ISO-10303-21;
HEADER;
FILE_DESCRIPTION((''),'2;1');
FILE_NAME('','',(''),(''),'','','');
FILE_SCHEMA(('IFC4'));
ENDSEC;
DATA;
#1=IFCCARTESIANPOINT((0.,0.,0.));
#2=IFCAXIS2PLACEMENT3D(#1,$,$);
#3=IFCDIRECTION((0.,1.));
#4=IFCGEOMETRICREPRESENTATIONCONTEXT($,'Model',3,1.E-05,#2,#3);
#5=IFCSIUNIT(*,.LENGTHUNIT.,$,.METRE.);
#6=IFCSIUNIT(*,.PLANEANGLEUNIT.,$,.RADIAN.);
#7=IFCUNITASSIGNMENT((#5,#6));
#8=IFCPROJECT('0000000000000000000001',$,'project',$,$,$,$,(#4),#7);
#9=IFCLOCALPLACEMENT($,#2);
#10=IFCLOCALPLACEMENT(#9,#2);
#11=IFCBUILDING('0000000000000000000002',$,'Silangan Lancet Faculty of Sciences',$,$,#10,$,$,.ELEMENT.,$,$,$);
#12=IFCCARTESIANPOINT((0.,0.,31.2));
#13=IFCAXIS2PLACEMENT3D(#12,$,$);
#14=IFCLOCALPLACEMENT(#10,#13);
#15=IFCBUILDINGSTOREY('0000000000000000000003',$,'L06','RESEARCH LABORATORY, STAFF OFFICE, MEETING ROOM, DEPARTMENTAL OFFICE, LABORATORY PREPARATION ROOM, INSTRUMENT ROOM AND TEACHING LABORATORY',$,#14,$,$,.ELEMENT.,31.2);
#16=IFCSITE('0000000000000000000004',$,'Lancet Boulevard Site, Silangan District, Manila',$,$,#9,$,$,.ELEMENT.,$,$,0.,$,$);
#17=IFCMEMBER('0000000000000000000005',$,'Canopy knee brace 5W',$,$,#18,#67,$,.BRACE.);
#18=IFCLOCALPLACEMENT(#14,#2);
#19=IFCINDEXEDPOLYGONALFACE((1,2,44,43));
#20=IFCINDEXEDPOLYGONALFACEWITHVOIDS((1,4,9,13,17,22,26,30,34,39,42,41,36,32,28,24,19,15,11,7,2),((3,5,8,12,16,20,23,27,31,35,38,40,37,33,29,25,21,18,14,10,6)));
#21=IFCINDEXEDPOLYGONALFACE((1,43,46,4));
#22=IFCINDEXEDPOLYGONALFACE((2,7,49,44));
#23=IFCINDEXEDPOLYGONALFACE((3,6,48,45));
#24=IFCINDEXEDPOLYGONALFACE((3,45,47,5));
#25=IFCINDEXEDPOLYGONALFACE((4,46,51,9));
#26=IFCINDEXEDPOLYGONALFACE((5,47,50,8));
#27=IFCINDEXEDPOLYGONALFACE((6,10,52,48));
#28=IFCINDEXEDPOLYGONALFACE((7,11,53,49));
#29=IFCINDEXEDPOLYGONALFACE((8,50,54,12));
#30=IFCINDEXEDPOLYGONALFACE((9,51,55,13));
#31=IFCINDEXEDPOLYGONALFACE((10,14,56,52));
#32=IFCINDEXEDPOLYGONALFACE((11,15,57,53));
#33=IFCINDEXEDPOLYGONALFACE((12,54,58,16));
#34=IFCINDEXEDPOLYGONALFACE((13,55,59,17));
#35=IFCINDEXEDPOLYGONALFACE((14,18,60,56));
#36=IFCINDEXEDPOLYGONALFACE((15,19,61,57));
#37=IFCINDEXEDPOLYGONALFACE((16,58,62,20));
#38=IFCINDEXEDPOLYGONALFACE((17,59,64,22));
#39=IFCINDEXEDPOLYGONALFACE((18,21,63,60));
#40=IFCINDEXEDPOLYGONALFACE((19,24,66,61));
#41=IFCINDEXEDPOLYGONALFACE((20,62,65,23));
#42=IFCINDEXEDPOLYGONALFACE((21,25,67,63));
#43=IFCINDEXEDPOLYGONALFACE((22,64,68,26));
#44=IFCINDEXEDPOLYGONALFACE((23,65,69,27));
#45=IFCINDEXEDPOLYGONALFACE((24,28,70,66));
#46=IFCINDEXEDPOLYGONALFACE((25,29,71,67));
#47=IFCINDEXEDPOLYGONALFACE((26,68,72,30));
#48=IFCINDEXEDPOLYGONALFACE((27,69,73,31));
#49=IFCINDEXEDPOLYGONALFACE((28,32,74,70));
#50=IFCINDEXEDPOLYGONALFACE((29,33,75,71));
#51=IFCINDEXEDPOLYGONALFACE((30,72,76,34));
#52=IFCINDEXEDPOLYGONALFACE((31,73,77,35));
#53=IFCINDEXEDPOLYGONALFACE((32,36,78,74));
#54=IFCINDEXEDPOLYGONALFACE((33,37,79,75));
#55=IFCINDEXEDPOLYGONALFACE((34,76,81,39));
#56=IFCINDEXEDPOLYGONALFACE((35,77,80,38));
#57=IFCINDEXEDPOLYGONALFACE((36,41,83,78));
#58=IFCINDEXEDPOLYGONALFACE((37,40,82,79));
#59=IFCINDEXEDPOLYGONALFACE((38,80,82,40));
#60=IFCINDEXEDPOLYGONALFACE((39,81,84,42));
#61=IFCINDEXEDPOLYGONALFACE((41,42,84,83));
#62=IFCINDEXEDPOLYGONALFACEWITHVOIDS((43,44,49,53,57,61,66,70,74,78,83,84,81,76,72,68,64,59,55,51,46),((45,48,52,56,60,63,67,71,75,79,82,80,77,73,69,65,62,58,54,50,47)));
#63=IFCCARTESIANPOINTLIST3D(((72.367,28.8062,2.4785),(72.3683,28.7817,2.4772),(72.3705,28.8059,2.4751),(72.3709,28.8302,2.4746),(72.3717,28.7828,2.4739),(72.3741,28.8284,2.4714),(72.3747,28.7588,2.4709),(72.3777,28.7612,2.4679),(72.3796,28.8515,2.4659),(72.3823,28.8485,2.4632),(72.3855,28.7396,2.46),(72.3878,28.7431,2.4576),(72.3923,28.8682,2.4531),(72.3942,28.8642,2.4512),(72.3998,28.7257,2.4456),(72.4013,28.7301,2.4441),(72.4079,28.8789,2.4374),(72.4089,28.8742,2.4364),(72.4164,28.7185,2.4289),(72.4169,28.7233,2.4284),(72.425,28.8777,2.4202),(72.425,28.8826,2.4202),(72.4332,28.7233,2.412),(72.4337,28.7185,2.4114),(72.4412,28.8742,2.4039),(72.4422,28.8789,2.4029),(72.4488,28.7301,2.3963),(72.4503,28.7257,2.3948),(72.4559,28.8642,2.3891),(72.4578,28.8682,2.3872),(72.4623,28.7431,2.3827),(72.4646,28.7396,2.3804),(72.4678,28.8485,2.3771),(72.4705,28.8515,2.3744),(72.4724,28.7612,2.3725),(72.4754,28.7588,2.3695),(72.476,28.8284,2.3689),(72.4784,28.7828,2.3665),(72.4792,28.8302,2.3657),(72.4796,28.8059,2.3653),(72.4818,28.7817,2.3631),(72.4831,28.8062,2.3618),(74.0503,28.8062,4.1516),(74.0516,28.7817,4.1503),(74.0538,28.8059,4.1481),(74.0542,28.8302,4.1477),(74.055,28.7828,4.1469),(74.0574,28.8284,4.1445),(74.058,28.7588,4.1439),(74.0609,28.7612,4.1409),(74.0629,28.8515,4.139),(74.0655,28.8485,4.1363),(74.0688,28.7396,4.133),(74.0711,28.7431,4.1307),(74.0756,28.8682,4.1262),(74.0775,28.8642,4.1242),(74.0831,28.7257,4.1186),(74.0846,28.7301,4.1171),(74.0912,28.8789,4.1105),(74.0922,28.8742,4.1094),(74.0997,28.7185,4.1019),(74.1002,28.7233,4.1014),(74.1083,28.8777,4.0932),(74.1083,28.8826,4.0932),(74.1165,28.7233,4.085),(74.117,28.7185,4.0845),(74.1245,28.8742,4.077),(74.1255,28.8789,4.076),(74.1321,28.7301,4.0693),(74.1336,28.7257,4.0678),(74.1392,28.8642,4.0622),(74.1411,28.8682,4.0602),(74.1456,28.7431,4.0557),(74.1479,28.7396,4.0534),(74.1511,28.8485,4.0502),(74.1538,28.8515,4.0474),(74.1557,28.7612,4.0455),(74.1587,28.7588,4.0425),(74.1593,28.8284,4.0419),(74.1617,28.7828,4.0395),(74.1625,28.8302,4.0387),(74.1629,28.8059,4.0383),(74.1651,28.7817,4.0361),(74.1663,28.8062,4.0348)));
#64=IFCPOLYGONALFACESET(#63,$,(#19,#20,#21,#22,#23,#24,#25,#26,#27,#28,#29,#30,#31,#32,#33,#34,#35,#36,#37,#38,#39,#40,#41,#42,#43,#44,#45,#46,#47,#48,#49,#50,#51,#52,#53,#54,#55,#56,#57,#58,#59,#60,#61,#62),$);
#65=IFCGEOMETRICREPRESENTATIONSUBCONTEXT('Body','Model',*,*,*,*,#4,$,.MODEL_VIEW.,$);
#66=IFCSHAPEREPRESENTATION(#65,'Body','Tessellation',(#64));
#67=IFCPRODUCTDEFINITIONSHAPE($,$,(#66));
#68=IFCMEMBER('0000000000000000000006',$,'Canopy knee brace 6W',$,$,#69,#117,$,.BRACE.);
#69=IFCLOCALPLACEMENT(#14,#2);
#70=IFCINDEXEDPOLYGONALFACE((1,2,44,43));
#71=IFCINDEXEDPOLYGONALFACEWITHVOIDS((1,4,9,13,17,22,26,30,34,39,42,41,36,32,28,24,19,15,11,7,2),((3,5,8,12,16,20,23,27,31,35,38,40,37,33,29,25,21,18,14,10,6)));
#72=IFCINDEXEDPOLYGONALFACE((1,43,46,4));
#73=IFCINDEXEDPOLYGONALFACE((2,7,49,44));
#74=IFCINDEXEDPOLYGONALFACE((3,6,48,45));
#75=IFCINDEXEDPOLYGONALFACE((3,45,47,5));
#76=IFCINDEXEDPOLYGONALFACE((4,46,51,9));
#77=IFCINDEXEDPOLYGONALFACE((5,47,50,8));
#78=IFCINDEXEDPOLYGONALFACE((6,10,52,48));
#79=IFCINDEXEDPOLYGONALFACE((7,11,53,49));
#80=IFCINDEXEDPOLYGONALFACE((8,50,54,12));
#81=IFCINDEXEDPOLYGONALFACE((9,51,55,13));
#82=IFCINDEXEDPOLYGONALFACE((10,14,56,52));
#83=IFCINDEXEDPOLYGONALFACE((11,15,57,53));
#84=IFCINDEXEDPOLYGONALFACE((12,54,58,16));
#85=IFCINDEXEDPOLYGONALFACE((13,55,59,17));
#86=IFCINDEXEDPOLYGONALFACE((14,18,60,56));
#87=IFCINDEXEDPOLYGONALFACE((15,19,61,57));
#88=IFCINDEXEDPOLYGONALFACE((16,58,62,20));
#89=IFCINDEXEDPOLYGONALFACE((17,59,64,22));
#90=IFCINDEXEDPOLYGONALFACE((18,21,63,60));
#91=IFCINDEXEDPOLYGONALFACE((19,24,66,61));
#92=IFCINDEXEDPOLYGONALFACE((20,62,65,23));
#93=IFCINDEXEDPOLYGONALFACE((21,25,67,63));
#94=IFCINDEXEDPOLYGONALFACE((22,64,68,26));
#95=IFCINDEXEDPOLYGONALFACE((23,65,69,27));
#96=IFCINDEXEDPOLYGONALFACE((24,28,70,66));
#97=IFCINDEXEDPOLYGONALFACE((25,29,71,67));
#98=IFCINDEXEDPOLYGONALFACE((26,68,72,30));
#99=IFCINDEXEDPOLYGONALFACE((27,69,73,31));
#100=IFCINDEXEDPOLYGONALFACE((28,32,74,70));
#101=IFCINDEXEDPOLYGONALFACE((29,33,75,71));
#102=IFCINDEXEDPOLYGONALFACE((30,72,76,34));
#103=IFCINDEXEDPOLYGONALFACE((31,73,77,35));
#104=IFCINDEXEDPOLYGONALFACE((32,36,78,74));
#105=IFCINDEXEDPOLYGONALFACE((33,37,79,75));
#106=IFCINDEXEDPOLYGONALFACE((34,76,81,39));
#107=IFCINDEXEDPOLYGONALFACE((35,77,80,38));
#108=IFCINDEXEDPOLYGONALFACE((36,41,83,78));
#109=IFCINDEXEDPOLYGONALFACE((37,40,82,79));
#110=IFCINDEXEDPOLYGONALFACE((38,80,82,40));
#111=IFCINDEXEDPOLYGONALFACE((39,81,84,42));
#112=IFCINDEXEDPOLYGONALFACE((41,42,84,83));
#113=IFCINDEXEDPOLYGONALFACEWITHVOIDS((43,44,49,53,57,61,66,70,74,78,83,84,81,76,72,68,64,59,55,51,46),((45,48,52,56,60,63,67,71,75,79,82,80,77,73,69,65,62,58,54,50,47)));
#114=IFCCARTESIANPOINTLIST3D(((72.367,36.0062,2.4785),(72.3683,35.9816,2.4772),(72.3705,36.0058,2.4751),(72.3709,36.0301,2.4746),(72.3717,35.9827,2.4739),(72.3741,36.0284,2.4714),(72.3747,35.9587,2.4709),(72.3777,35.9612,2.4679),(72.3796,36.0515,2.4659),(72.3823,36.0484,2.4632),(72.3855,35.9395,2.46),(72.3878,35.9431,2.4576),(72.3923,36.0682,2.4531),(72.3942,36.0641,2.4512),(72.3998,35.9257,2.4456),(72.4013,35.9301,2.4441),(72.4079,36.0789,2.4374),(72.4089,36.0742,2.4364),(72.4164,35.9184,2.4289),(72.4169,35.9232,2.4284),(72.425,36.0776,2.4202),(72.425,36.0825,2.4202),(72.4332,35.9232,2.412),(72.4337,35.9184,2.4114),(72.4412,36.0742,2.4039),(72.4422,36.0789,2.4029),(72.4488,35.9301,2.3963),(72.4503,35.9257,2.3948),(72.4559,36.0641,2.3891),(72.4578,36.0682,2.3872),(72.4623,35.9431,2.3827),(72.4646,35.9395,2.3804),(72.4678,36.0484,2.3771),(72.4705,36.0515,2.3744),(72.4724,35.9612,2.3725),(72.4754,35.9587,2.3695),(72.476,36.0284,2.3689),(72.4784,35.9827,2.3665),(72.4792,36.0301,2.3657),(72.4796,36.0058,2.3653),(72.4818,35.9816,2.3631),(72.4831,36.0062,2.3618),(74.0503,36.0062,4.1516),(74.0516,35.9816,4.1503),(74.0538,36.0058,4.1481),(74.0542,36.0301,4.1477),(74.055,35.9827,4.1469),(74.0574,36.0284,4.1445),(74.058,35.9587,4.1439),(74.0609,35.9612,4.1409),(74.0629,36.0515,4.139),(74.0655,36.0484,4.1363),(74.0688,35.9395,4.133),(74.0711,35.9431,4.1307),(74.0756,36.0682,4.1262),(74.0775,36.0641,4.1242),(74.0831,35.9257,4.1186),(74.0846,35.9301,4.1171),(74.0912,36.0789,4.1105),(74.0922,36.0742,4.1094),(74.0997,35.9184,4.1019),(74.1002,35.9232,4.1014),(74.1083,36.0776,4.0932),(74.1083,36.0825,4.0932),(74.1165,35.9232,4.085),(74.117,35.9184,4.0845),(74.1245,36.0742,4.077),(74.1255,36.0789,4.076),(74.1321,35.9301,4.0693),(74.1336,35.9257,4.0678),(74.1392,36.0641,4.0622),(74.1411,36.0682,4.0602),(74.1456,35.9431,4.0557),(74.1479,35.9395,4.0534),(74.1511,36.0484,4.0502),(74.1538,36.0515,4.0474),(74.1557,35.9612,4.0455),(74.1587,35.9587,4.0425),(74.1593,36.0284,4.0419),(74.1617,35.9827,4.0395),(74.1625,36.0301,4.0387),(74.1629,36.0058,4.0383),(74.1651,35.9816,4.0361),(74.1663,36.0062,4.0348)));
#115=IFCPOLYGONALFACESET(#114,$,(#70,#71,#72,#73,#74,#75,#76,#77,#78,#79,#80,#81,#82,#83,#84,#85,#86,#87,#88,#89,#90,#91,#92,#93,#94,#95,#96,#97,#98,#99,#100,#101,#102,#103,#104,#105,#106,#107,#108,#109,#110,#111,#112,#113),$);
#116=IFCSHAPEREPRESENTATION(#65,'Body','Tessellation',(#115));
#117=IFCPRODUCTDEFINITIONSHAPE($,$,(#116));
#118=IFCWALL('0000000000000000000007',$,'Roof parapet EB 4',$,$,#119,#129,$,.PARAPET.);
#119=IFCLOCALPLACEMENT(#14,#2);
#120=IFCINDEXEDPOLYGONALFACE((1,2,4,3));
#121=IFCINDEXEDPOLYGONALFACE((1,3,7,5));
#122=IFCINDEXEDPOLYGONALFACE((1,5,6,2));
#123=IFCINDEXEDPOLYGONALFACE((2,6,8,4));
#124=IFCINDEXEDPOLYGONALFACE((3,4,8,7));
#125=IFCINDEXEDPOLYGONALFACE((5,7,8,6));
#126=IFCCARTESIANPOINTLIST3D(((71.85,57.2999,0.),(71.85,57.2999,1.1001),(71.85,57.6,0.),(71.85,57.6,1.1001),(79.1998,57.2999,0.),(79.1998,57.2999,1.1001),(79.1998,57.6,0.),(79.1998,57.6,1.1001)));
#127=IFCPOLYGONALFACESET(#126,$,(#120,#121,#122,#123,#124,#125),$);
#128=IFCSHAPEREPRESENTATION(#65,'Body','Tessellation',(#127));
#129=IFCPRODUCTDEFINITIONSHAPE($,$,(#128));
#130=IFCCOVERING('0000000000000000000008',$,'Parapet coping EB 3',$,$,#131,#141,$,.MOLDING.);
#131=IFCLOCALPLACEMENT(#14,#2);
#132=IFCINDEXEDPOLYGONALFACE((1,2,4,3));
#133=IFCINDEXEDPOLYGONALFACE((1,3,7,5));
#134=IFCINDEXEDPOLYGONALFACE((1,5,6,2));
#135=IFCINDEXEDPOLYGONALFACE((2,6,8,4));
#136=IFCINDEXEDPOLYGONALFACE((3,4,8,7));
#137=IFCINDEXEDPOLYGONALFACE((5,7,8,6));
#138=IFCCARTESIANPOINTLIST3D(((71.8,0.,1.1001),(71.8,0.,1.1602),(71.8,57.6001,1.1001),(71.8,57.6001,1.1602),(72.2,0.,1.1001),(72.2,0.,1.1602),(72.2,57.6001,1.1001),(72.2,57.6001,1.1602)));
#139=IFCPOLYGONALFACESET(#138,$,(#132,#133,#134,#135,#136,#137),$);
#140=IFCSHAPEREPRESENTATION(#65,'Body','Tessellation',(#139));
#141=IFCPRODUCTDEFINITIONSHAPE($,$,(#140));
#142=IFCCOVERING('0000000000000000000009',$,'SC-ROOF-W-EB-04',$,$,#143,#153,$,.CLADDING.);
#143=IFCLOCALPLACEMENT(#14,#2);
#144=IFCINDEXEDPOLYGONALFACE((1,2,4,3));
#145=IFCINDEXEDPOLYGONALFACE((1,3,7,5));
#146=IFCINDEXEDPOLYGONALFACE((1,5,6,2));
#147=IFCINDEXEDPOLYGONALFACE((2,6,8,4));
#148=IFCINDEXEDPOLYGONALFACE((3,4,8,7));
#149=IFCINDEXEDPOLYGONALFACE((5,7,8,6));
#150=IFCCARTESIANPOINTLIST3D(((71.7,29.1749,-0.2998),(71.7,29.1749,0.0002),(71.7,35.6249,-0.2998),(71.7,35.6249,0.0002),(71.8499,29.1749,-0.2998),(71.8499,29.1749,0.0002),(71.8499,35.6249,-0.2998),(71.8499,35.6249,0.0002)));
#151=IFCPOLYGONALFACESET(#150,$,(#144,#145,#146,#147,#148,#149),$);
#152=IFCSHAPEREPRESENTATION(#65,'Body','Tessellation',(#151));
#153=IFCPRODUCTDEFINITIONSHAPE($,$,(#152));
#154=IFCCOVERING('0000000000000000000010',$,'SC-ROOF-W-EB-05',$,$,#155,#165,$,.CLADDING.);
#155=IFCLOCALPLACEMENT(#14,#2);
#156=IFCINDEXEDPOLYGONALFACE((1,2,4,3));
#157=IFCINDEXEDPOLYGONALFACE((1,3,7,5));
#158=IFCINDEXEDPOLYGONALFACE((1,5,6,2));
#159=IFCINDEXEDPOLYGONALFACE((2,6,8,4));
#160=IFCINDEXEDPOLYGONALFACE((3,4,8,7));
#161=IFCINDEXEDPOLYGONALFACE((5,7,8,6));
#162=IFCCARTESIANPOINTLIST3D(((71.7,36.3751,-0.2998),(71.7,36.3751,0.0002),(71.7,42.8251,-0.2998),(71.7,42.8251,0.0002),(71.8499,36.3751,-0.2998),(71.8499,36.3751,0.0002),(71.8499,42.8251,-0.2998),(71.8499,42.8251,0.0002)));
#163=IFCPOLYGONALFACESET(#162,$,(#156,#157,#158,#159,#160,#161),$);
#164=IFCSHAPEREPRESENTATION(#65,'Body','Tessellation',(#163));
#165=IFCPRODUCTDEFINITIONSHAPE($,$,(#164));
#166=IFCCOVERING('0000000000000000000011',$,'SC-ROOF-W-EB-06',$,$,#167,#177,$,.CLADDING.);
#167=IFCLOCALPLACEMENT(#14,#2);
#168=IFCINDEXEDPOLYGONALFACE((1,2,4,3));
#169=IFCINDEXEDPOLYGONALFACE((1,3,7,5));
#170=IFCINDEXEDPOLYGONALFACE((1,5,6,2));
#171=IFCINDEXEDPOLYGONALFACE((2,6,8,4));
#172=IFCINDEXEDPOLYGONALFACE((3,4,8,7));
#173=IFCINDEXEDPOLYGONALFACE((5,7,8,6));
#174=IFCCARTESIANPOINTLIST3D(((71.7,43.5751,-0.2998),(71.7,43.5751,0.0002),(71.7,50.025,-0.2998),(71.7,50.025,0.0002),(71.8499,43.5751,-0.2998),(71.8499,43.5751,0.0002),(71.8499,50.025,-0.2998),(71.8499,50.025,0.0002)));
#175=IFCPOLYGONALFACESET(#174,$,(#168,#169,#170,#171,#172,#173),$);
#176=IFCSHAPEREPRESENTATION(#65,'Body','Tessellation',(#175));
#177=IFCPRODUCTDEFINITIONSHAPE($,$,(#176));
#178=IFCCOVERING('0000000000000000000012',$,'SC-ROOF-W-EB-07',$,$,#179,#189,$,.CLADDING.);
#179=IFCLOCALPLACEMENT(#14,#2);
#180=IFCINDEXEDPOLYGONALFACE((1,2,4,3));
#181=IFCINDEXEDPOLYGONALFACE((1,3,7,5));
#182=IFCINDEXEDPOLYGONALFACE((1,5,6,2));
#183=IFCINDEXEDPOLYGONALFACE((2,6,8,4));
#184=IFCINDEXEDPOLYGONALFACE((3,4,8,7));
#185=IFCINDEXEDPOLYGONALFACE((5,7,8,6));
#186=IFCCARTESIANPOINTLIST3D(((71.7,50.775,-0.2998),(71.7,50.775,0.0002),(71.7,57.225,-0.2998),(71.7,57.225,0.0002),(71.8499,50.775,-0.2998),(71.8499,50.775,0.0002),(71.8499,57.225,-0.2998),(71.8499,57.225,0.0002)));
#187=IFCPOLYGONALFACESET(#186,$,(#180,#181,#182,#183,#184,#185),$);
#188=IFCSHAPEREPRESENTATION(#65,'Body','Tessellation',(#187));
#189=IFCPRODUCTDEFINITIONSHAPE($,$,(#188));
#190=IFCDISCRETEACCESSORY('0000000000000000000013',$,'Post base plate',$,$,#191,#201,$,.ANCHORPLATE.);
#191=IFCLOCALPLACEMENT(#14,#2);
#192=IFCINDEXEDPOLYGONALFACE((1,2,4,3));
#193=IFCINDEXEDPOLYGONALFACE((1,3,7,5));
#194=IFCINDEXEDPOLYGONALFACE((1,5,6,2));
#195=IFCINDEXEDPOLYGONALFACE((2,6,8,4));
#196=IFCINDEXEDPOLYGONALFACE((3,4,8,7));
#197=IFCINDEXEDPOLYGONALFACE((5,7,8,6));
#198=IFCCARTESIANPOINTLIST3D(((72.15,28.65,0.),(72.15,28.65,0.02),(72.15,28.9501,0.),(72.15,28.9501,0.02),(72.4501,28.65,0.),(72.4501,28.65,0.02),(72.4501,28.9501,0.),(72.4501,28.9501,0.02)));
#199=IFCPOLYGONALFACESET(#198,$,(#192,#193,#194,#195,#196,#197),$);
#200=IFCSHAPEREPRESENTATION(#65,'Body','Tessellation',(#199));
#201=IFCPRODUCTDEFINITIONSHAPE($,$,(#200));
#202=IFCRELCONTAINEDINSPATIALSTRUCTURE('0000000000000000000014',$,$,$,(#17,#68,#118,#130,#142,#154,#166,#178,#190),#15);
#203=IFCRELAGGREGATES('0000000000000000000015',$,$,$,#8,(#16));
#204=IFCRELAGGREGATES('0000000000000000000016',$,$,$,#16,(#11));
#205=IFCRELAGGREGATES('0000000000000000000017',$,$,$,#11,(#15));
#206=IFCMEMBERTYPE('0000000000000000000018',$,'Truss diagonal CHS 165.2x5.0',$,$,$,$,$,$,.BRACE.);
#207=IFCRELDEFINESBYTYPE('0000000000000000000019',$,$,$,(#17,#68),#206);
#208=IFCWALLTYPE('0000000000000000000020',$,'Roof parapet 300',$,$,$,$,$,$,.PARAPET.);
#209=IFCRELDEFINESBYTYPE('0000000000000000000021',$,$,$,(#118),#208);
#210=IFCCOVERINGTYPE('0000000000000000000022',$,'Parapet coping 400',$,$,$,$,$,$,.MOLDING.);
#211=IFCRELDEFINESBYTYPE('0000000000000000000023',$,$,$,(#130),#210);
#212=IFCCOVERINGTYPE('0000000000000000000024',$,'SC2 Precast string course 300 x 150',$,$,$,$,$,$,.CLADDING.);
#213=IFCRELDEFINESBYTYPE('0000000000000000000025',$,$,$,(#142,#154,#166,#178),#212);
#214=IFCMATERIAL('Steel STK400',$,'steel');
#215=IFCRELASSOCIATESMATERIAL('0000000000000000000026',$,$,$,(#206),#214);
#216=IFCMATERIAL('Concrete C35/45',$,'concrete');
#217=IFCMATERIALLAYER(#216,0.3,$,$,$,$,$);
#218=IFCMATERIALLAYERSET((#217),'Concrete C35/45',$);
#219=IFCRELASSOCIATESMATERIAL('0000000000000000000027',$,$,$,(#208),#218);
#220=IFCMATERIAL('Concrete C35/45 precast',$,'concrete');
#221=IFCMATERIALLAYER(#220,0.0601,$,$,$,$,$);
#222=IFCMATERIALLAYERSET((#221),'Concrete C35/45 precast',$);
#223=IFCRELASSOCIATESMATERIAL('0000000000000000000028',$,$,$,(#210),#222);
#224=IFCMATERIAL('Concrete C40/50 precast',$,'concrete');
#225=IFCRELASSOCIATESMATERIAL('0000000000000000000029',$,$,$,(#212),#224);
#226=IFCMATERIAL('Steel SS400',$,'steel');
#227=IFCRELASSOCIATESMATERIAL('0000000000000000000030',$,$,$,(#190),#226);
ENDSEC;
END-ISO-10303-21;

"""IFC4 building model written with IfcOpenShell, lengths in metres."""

from ifc_helpers import new_model, si_unit, direction, frame, frame_2d, origin, origin_2d, place, context, subcontext, project, spatial, rectangle, hollow_circle, extrude, material, layer, layer_set, material_profile, profile_set, type_object, element, save


model = new_model("IFC4")

# Units and contexts
model_context = context("Model", 3, precision=1e-05, world=origin(), true_north=direction((0.0, 1.0)))
body_context = subcontext(model_context, "Body", "Model", "MODEL_VIEW")
ifc_project = project(units=[si_unit("LENGTHUNIT", "METRE"), si_unit("PLANEANGLEUNIT", "RADIAN")], contexts=[model_context])

# Site, building, storey
site_placement = place(None, origin())
site = spatial("IfcSite", under=ifc_project, at=site_placement, Name="Lancet Boulevard Site, Silangan District, Manila", CompositionType="ELEMENT", RefElevation=0.0)
building_placement = place(site_placement, origin())
building = spatial("IfcBuilding", under=site, at=building_placement, Name="Silangan Lancet Faculty of Sciences", CompositionType="ELEMENT")
storey_placement = place(building_placement, frame((0.0, 0.0, 31.2)))
storey = spatial("IfcBuildingStorey", under=building, at=storey_placement, Name="L06", Description="RESEARCH LABORATORY, STAFF OFFICE, MEETING ROOM, DEPARTMENTAL OFFICE, LABORATORY PREPARATION ROOM, INSTRUMENT ROOM AND TEACHING LABORATORY", CompositionType="ELEMENT", Elevation=31.2)

# Members
ifc_material_1 = material(Name="Steel STK400", Category="steel")
ifc_material_profile_1 = material_profile(ifc_material_1, hollow_circle(Radius=0.0825, WallThickness=0.0049, at=origin_2d()), Name="CHS 165.2x5.0")
ifc_profile_set_1 = profile_set([ifc_material_profile_1], Name="Steel STK400")
member_type_1 = type_object("IfcMemberType", Name="Truss diagonal CHS 165.2x5.0", PredefinedType="BRACE", material=ifc_profile_set_1)
for number, where, z_axis, x_axis, name in (
    (1, (72.425, 28.8, 2.4202), (0.709264, 0.0, 0.704943), (0.0, 1.0, 0.0), "Canopy knee brace 5W"),
    (2, (72.425, 36.0, 2.4202), (0.709264, 0.0, 0.704943), (0.0, 1.0, 0.0), "Canopy knee brace 6W"),
):
    element("IfcMember", number, at=place(storey_placement, frame(where, z_axis=z_axis, x_axis=x_axis)), inside=storey, type_object=member_type_1, Name=name, PredefinedType="BRACE", context=body_context, shape_type="SweptSolid", body=[
        extrude(hollow_circle(Radius=0.0825, WallThickness=0.0049, at=origin_2d()), origin(), (0.0, 0.0, 1.0), 2.3733),
    ])

# Wall
ifc_material_2 = material(Name="Concrete C35/45", Category="concrete")
ifc_layer_1 = layer(ifc_material_2, 0.3)
ifc_layer_set_1 = layer_set([ifc_layer_1], Name="Concrete C35/45")
wall_type = type_object("IfcWallType", Name="Roof parapet 300", PredefinedType="PARAPET", material=ifc_layer_set_1)
wall_placement = place(storey_placement, frame((71.8501, 57.45, 0.0), z_axis=(0.0, 0.0, 1.0), x_axis=(1.0, 0.0, 0.0)))
element("IfcWall", 3, at=wall_placement, inside=storey, type_object=wall_type, Name="Roof parapet EB 4", PredefinedType="PARAPET", context=body_context, shape_type="SweptSolid", body=[
    extrude(rectangle(XDim=7.3499, YDim=0.3, at=frame_2d((3.6748, 0.0))), origin(), (0.0, 0.0, 1.0), 1.1001),
])

# Coverings
ifc_material_3 = material(Name="Concrete C35/45 precast", Category="concrete")
ifc_layer_2 = layer(ifc_material_3, 0.0601)
ifc_layer_set_2 = layer_set([ifc_layer_2], Name="Concrete C35/45 precast")
covering_type_1 = type_object("IfcCoveringType", Name="Parapet coping 400", PredefinedType="MOLDING", material=ifc_layer_set_2)
covering_placement = place(storey_placement, frame((72.0, 28.8, 1.1001), z_axis=(0.0, 0.0, 1.0), x_axis=(1.0, 0.0, 0.0)))
element("IfcCovering", 4, at=covering_placement, inside=storey, type_object=covering_type_1, Name="Parapet coping EB 3", PredefinedType="MOLDING", context=body_context, shape_type="SweptSolid", body=[
    extrude(rectangle(XDim=0.3999, YDim=57.6001, at=origin_2d()), origin(), (0.0, 0.0, 1.0), 0.0601),
])
ifc_material_4 = material(Name="Concrete C40/50 precast", Category="concrete")
covering_type_2 = type_object("IfcCoveringType", Name="SC2 Precast string course 300 x 150", PredefinedType="CLADDING", material=ifc_material_4)
for number, where, z_axis, x_axis, name in (
    (5, (71.7749, 32.3999, -0.2998), (0.0, 0.0, 1.0), (1.0, 0.0, 0.0), "SC-ROOF-W-EB-04"),
    (6, (71.7749, 39.6001, -0.2998), (0.0, 0.0, 1.0), (1.0, 0.0, 0.0), "SC-ROOF-W-EB-05"),
    (7, (71.7749, 46.8, -0.2998), (0.0, 0.0, 1.0), (1.0, 0.0, 0.0), "SC-ROOF-W-EB-06"),
    (8, (71.7749, 54.0, -0.2998), (0.0, 0.0, 1.0), (1.0, 0.0, 0.0), "SC-ROOF-W-EB-07"),
):
    element("IfcCovering", number, at=place(storey_placement, frame(where, z_axis=z_axis, x_axis=x_axis)), inside=storey, type_object=covering_type_2, Name=name, PredefinedType="CLADDING", context=body_context, shape_type="SweptSolid", body=[
        extrude(rectangle(XDim=0.1499, YDim=6.45, at=origin_2d()), origin(), (0.0, 0.0, 1.0), 0.3),
    ])

# Discrete accessory
ifc_material_5 = material(Name="Steel SS400", Category="steel")
for number, where, z_axis, x_axis, name in (
    (9, (72.3, 28.8, 0.0), (0.0, 0.0, 1.0), (1.0, 0.0, 0.0), "Post base plate"),
):
    element("IfcDiscreteAccessory", number, at=place(storey_placement, frame(where, z_axis=z_axis, x_axis=x_axis)), inside=storey, material=ifc_material_5, Name=name, PredefinedType="ANCHORPLATE", context=body_context, shape_type="SweptSolid", body=[
        extrude(rectangle(XDim=0.3, YDim=0.3, at=origin_2d()), origin(), (0.0, 0.0, 1.0), 0.02),
    ])

save(model, "model.ifc")
